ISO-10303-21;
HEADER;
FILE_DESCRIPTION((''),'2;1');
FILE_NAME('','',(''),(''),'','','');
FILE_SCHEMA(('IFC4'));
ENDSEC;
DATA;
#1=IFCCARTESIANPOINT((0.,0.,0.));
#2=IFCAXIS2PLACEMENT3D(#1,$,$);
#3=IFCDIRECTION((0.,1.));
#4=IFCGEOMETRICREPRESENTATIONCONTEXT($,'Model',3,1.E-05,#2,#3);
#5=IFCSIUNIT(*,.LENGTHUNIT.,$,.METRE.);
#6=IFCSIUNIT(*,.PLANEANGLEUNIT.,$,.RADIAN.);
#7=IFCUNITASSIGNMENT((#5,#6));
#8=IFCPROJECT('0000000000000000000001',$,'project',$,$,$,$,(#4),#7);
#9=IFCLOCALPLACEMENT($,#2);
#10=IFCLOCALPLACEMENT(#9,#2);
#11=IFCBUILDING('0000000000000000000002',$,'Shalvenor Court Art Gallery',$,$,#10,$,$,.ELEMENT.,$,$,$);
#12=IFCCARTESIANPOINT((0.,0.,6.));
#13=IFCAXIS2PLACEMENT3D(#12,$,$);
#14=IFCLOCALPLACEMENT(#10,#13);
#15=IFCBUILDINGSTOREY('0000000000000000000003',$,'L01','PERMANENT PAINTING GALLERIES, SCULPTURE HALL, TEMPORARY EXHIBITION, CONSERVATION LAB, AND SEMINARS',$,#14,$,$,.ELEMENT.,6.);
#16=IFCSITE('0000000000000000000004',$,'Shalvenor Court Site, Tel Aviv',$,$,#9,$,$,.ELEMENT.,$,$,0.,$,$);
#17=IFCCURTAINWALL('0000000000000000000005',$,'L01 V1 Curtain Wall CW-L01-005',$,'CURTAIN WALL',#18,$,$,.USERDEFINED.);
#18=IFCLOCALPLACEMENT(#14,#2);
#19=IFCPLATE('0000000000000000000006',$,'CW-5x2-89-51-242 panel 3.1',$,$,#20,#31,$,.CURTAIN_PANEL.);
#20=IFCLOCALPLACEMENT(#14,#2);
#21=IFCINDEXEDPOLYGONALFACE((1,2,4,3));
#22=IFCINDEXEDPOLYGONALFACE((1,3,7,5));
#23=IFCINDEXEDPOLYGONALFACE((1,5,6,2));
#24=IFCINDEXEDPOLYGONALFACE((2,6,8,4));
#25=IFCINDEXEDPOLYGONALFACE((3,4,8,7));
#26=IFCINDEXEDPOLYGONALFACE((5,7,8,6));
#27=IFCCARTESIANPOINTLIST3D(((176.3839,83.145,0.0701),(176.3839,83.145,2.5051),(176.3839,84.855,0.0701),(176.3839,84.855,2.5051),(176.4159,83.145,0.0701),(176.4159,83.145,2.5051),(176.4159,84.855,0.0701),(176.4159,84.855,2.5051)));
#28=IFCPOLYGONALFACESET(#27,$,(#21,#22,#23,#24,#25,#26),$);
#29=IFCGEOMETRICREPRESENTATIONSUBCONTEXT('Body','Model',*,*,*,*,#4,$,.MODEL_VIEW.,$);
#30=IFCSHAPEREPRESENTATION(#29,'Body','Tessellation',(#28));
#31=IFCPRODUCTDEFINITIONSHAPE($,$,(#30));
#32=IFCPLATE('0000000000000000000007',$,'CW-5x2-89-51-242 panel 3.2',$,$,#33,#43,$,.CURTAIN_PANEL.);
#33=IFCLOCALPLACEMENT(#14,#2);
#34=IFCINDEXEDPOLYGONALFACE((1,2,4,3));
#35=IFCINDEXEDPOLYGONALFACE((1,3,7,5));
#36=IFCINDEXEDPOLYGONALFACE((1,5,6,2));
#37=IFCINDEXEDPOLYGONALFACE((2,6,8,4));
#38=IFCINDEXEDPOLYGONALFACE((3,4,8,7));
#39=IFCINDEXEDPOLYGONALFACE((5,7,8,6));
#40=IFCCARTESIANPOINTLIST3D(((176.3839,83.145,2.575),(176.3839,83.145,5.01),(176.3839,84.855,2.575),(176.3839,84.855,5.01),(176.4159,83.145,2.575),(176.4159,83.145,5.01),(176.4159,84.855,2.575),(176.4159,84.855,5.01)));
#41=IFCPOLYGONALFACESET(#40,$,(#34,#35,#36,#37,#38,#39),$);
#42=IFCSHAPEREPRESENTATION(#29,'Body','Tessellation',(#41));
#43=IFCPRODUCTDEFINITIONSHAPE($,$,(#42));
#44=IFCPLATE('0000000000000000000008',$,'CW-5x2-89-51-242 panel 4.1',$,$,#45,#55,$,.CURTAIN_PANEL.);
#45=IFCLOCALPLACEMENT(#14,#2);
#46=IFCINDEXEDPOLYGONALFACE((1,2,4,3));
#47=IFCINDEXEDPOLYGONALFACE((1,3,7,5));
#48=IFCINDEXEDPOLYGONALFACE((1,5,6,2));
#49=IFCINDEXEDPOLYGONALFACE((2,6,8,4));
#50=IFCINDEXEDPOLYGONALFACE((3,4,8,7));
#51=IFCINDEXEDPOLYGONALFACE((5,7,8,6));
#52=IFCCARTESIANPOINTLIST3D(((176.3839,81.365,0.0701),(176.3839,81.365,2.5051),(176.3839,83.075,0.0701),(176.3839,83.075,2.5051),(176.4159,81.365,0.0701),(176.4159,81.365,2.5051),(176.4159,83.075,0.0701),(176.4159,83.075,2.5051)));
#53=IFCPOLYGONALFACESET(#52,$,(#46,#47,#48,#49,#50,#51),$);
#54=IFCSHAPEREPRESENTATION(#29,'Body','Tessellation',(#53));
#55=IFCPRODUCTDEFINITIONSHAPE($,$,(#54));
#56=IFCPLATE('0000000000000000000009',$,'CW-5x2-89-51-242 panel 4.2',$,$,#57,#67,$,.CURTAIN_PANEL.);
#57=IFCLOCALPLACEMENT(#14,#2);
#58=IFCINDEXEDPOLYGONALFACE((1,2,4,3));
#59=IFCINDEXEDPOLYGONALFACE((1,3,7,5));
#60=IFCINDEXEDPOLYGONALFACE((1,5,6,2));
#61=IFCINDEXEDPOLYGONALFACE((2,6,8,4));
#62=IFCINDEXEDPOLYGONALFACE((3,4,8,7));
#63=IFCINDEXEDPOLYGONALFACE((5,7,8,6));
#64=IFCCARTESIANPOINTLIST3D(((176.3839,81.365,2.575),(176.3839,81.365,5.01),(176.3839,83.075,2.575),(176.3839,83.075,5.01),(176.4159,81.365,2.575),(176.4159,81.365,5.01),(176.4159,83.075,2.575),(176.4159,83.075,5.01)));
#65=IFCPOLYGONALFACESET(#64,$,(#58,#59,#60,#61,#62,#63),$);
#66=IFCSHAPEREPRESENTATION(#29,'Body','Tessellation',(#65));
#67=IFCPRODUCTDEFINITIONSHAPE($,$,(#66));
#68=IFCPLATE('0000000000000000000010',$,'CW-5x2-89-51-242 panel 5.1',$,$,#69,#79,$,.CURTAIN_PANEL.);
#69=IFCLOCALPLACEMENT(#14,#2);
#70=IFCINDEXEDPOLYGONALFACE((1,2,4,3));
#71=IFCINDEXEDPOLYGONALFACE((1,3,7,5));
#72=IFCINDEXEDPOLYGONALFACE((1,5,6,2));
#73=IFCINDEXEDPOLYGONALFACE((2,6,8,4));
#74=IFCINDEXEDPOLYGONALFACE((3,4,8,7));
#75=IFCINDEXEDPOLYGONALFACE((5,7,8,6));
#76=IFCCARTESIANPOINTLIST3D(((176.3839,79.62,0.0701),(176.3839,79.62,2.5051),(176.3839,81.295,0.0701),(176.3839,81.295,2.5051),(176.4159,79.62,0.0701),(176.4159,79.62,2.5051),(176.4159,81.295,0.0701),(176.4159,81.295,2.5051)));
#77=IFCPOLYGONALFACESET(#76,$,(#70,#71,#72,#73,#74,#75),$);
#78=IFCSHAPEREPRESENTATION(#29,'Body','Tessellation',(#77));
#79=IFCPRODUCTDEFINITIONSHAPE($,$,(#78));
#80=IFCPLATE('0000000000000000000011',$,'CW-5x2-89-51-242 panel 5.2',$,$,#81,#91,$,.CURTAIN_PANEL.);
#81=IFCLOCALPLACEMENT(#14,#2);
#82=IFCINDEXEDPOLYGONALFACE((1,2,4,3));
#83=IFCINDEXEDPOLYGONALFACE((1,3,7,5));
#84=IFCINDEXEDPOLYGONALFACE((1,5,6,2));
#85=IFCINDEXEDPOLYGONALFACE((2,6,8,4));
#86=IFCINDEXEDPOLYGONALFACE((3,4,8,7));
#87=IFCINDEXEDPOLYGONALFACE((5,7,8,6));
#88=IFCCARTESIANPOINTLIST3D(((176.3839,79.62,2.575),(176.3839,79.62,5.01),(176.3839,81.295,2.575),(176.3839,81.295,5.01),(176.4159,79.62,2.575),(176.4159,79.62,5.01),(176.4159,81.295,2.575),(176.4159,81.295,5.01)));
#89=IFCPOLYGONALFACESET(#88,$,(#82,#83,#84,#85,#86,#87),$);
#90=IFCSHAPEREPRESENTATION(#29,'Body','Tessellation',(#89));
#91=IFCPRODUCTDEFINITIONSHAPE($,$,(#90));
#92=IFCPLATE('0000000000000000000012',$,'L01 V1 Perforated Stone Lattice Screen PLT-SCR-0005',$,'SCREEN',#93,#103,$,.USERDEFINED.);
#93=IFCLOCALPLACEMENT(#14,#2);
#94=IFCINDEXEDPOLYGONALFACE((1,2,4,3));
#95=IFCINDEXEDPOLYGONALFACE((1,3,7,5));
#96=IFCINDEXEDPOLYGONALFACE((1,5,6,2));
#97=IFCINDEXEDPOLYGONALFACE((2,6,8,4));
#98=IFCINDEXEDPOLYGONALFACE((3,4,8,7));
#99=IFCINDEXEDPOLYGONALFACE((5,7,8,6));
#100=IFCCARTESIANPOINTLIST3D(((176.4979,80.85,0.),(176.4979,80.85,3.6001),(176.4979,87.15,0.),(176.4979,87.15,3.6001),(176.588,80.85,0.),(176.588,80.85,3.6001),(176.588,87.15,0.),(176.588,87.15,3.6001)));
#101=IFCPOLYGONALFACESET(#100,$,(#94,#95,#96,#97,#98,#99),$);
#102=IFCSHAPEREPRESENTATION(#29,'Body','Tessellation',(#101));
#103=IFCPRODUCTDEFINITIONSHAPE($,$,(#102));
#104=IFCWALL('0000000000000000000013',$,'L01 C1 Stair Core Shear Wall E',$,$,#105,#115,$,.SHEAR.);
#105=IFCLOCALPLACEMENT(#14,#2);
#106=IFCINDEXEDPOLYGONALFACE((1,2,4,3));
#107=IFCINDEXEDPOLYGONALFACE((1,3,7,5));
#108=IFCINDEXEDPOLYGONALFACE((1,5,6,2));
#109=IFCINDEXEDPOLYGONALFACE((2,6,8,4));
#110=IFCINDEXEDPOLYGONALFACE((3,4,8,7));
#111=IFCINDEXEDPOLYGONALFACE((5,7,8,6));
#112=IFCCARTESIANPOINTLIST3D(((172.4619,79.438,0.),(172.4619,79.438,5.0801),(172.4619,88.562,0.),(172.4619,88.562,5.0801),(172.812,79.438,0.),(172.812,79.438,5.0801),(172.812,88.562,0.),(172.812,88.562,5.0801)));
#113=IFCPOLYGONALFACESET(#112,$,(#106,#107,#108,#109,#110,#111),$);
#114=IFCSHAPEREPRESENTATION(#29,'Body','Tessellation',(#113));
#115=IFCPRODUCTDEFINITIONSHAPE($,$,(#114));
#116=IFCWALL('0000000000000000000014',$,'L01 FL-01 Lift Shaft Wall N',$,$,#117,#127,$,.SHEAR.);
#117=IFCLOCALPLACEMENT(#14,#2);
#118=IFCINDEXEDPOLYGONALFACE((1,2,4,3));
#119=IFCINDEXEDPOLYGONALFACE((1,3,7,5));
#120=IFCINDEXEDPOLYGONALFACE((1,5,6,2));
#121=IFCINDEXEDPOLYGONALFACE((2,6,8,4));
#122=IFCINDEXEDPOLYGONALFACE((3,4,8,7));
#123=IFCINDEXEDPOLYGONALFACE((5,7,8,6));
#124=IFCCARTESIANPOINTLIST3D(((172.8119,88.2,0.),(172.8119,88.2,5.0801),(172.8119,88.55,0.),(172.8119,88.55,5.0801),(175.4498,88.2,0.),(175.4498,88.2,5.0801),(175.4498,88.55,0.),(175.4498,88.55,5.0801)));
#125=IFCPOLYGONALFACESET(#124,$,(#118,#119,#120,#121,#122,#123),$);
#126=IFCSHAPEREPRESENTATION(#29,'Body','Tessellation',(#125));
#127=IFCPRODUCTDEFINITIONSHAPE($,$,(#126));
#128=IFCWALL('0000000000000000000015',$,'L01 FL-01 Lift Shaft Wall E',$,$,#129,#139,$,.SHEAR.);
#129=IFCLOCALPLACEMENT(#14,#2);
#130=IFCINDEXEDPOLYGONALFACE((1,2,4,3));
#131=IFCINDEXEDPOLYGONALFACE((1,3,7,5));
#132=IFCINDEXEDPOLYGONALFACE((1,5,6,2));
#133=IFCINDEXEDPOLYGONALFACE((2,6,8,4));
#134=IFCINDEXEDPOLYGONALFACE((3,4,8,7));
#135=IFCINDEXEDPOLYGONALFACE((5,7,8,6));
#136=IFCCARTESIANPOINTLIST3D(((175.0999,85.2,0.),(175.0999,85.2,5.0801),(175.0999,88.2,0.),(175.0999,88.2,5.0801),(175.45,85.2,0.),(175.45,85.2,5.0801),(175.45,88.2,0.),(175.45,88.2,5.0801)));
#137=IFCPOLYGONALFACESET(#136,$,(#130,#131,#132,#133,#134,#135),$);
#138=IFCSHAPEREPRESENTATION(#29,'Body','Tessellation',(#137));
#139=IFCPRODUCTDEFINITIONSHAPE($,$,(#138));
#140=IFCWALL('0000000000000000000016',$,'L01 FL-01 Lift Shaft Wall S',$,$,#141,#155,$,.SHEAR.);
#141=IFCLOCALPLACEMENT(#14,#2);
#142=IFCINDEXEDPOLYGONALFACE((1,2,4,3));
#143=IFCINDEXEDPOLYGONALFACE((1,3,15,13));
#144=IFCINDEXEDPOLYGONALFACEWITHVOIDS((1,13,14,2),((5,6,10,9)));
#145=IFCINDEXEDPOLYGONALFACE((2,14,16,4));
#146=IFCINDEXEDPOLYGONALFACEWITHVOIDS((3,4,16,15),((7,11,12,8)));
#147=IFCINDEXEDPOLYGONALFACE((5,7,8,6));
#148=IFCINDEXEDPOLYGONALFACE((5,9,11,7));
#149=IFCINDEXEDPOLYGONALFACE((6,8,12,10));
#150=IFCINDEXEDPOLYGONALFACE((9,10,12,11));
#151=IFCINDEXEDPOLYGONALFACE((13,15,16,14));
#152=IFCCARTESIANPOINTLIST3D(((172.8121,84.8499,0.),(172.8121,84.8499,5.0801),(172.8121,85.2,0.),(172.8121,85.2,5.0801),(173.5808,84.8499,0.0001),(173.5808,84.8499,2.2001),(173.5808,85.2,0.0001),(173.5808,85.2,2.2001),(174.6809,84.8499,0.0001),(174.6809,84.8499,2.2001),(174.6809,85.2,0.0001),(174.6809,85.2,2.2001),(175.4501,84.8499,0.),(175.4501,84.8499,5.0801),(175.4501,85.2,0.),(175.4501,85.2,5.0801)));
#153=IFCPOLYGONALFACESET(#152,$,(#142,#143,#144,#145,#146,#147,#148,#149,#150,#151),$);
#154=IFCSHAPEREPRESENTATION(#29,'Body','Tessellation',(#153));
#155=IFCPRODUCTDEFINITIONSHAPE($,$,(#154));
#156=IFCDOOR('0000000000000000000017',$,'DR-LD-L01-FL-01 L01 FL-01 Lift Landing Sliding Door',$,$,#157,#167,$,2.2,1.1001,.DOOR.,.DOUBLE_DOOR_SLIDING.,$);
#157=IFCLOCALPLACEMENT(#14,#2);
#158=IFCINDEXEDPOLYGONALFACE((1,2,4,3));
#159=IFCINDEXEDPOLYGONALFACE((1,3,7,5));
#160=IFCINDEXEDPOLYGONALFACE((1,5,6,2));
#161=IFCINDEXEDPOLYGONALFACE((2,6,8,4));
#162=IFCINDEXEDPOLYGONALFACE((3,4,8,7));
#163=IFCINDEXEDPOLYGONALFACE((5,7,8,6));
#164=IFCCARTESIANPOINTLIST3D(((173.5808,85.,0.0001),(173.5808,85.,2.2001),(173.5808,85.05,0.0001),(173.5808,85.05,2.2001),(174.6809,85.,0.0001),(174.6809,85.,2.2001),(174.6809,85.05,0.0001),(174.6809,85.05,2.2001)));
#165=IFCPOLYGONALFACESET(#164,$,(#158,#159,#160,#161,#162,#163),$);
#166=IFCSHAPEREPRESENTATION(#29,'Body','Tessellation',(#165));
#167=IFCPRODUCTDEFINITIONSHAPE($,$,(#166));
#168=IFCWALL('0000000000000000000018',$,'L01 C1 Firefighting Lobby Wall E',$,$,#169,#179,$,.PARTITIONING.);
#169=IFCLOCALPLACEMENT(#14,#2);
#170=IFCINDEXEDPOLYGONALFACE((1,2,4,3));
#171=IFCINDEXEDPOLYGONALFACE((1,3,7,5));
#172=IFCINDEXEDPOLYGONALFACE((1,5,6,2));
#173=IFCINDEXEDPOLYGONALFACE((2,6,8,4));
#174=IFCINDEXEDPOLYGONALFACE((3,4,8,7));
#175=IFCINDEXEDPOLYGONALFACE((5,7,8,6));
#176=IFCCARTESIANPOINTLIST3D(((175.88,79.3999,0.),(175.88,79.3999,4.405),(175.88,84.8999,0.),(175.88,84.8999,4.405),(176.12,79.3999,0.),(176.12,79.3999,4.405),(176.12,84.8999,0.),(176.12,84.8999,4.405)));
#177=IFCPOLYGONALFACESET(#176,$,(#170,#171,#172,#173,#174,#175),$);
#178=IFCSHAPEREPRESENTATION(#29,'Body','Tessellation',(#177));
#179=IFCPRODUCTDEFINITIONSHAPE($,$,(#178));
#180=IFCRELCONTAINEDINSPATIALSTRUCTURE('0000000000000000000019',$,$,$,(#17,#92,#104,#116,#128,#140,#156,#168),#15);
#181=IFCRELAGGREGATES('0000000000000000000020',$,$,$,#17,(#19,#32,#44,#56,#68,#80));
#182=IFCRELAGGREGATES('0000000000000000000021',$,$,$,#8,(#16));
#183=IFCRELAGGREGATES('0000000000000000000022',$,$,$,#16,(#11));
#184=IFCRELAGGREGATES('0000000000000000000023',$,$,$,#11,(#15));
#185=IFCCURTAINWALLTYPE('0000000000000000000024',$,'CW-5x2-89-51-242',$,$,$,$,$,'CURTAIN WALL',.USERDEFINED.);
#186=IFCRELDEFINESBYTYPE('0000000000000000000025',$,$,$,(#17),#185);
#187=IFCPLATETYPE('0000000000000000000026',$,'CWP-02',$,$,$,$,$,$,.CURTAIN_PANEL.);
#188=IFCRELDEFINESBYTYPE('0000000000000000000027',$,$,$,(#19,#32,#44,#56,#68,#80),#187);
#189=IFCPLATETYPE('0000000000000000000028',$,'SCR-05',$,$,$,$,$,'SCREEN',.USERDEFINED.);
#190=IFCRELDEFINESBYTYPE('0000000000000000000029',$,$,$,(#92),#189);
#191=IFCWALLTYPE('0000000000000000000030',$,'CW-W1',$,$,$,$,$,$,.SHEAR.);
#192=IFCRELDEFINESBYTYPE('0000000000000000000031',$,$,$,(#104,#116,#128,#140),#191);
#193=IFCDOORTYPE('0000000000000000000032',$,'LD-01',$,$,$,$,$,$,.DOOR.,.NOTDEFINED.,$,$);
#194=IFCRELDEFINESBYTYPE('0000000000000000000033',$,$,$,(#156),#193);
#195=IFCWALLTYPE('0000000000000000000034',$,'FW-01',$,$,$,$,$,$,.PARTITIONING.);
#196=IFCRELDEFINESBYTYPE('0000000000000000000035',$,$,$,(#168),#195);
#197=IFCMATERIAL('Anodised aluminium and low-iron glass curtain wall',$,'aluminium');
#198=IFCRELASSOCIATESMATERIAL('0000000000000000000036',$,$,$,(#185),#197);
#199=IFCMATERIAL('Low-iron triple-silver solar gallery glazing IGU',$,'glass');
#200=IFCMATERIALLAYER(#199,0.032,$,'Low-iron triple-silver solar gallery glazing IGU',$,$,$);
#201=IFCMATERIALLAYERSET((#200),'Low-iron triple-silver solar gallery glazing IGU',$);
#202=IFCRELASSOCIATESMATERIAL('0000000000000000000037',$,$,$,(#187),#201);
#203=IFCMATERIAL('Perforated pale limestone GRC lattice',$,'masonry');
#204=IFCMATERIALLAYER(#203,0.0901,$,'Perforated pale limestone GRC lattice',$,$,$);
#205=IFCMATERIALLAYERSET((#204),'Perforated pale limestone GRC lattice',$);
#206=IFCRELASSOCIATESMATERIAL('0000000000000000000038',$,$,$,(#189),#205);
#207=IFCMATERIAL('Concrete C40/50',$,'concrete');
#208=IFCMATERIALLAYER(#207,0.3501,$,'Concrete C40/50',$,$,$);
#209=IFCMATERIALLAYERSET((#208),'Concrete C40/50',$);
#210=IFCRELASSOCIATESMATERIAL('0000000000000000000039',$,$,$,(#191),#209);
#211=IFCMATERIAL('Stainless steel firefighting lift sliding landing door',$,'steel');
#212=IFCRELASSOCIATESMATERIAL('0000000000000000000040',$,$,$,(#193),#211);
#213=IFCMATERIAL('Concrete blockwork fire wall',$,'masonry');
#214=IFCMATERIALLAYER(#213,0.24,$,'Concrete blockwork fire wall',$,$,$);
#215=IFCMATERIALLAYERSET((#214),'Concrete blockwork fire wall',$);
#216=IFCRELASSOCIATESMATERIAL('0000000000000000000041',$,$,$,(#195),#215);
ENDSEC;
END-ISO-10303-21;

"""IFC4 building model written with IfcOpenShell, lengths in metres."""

from ifc_helpers import new_model, si_unit, direction, frame, frame_2d, origin, origin_2d, place, context, subcontext, project, spatial, rectangle, extrude, material, layer, layer_set, type_object, element, fill, aggregate, save


model = new_model("IFC4")

# Units and contexts
model_context = context("Model", 3, precision=1e-05, world=origin(), true_north=direction((0.0, 1.0)))
body_context = subcontext(model_context, "Body", "Model", "MODEL_VIEW")
ifc_project = project(units=[si_unit("LENGTHUNIT", "METRE"), si_unit("PLANEANGLEUNIT", "RADIAN")], contexts=[model_context])

# Site, building, storey
site_placement = place(None, origin())
site = spatial("IfcSite", under=ifc_project, at=site_placement, Name="Shalvenor Court Site, Tel Aviv", CompositionType="ELEMENT", RefElevation=0.0)
building_placement = place(site_placement, origin())
building = spatial("IfcBuilding", under=site, at=building_placement, Name="Shalvenor Court Art Gallery", CompositionType="ELEMENT")
storey_placement = place(building_placement, frame((0.0, 0.0, 6.0)))
storey = spatial("IfcBuildingStorey", under=building, at=storey_placement, Name="L01", Description="PERMANENT PAINTING GALLERIES, SCULPTURE HALL, TEMPORARY EXHIBITION, CONSERVATION LAB, AND SEMINARS", CompositionType="ELEMENT", Elevation=6.0)

# Curtain wall, plates
ifc_material_1 = material(Name="Anodised aluminium and low-iron glass curtain wall", Category="aluminium")
curtain_wall_type = type_object("IfcCurtainWallType", Name="CW-5x2-89-51-242", ElementType="CURTAIN WALL", PredefinedType="USERDEFINED", material=ifc_material_1)
curtain_wall_placement = place(storey_placement, origin())
curtain_wall = element("IfcCurtainWall", 1, at=curtain_wall_placement, inside=storey, type_object=curtain_wall_type, Name="L01 V1 Curtain Wall CW-L01-005", ObjectType="CURTAIN WALL", PredefinedType="USERDEFINED")
ifc_material_2 = material(Name="Low-iron triple-silver solar gallery glazing IGU", Category="glass")
ifc_layer_1 = layer(ifc_material_2, 0.032, Name="Low-iron triple-silver solar gallery glazing IGU")
ifc_layer_set_1 = layer_set([ifc_layer_1], Name="Low-iron triple-silver solar gallery glazing IGU")
plate_type_1 = type_object("IfcPlateType", Name="CWP-02", PredefinedType="CURTAIN_PANEL", material=ifc_layer_set_1)
plate_1_placement = place(storey_placement, frame((176.3999, 84.0, 0.0701), z_axis=(0.0, 0.0, 1.0), x_axis=(0.0, -1.0, 0.0)))
plate_1 = element("IfcPlate", 2, at=plate_1_placement, type_object=plate_type_1, Name="CW-5x2-89-51-242 panel 3.1", PredefinedType="CURTAIN_PANEL", context=body_context, shape_type="SweptSolid", body=[
    extrude(rectangle(XDim=1.71, YDim=0.032, at=origin_2d()), origin(), (0.0, 0.0, 1.0), 2.4351),
])
plate_2_placement = place(storey_placement, frame((176.3999, 84.0, 2.575), z_axis=(0.0, 0.0, 1.0), x_axis=(0.0, -1.0, 0.0)))
plate_2 = element("IfcPlate", 3, at=plate_2_placement, type_object=plate_type_1, Name="CW-5x2-89-51-242 panel 3.2", PredefinedType="CURTAIN_PANEL", context=body_context, shape_type="SweptSolid", body=[
    extrude(rectangle(XDim=1.71, YDim=0.032, at=origin_2d()), origin(), (0.0, 0.0, 1.0), 2.4351),
])
plate_3_placement = place(storey_placement, frame((176.3999, 82.22, 0.0701), z_axis=(0.0, 0.0, 1.0), x_axis=(0.0, -1.0, 0.0)))
plate_3 = element("IfcPlate", 4, at=plate_3_placement, type_object=plate_type_1, Name="CW-5x2-89-51-242 panel 4.1", PredefinedType="CURTAIN_PANEL", context=body_context, shape_type="SweptSolid", body=[
    extrude(rectangle(XDim=1.71, YDim=0.032, at=origin_2d()), origin(), (0.0, 0.0, 1.0), 2.4351),
])
plate_4_placement = place(storey_placement, frame((176.3999, 82.22, 2.575), z_axis=(0.0, 0.0, 1.0), x_axis=(0.0, -1.0, 0.0)))
plate_4 = element("IfcPlate", 5, at=plate_4_placement, type_object=plate_type_1, Name="CW-5x2-89-51-242 panel 4.2", PredefinedType="CURTAIN_PANEL", context=body_context, shape_type="SweptSolid", body=[
    extrude(rectangle(XDim=1.71, YDim=0.032, at=origin_2d()), origin(), (0.0, 0.0, 1.0), 2.4351),
])
plate_5_placement = place(storey_placement, frame((176.3999, 80.4575, 0.0701), z_axis=(0.0, 0.0, 1.0), x_axis=(0.0, -1.0, 0.0)))
plate_5 = element("IfcPlate", 6, at=plate_5_placement, type_object=plate_type_1, Name="CW-5x2-89-51-242 panel 5.1", PredefinedType="CURTAIN_PANEL", context=body_context, shape_type="SweptSolid", body=[
    extrude(rectangle(XDim=1.675, YDim=0.032, at=origin_2d()), origin(), (0.0, 0.0, 1.0), 2.4351),
])
plate_6_placement = place(storey_placement, frame((176.3999, 80.4575, 2.575), z_axis=(0.0, 0.0, 1.0), x_axis=(0.0, -1.0, 0.0)))
plate_6 = element("IfcPlate", 7, at=plate_6_placement, type_object=plate_type_1, Name="CW-5x2-89-51-242 panel 5.2", PredefinedType="CURTAIN_PANEL", context=body_context, shape_type="SweptSolid", body=[
    extrude(rectangle(XDim=1.675, YDim=0.032, at=origin_2d()), origin(), (0.0, 0.0, 1.0), 2.4351),
])
aggregate(curtain_wall, [plate_1, plate_2, plate_3, plate_4, plate_5, plate_6])

# Plate
ifc_material_3 = material(Name="Perforated pale limestone GRC lattice", Category="masonry")
ifc_layer_2 = layer(ifc_material_3, 0.0901, Name="Perforated pale limestone GRC lattice")
ifc_layer_set_2 = layer_set([ifc_layer_2], Name="Perforated pale limestone GRC lattice")
plate_type_2 = type_object("IfcPlateType", Name="SCR-05", ElementType="SCREEN", PredefinedType="USERDEFINED", material=ifc_layer_set_2)
plate_7_placement = place(storey_placement, frame((176.543, 84.0, 0.0), z_axis=(0.0, 0.0, 1.0), x_axis=(0.0, -1.0, 0.0)))
element("IfcPlate", 8, at=plate_7_placement, inside=storey, type_object=plate_type_2, Name="L01 V1 Perforated Stone Lattice Screen PLT-SCR-0005", ObjectType="SCREEN", PredefinedType="USERDEFINED", context=body_context, shape_type="SweptSolid", body=[
    extrude(rectangle(XDim=6.3, YDim=0.0901, at=origin_2d()), origin(), (0.0, 0.0, 1.0), 3.6001),
])

# Walls
ifc_material_4 = material(Name="Concrete C40/50", Category="concrete")
ifc_layer_3 = layer(ifc_material_4, 0.3501, Name="Concrete C40/50")
ifc_layer_set_3 = layer_set([ifc_layer_3], Name="Concrete C40/50")
wall_type_1 = type_object("IfcWallType", Name="CW-W1", PredefinedType="SHEAR", material=ifc_layer_set_3)
wall_1_placement = place(storey_placement, frame((172.637, 88.562, 0.0), z_axis=(0.0, 0.0, 1.0), x_axis=(0.0, -1.0, 0.0)))
element("IfcWall", 9, at=wall_1_placement, inside=storey, type_object=wall_type_1, Name="L01 C1 Stair Core Shear Wall E", PredefinedType="SHEAR", context=body_context, shape_type="SweptSolid", body=[
    extrude(rectangle(XDim=9.124, YDim=0.3501, at=frame_2d((4.562, 0.0))), origin(), (0.0, 0.0, 1.0), 5.0801),
])
wall_2_placement = place(storey_placement, frame((172.812, 88.375, 0.0), z_axis=(0.0, 0.0, 1.0), x_axis=(1.0, 0.0, 0.0)))
element("IfcWall", 10, at=wall_2_placement, inside=storey, type_object=wall_type_1, Name="L01 FL-01 Lift Shaft Wall N", PredefinedType="SHEAR", context=body_context, shape_type="SweptSolid", body=[
    extrude(rectangle(XDim=2.6379, YDim=0.3501, at=frame_2d((1.3188, 0.0))), origin(), (0.0, 0.0, 1.0), 5.0801),
])
wall_3_placement = place(storey_placement, frame((175.2749, 88.2, 0.0), z_axis=(0.0, 0.0, 1.0), x_axis=(0.0, -1.0, 0.0)))
element("IfcWall", 11, at=wall_3_placement, inside=storey, type_object=wall_type_1, Name="L01 FL-01 Lift Shaft Wall E", PredefinedType="SHEAR", context=body_context, shape_type="SweptSolid", body=[
    extrude(rectangle(XDim=3.0, YDim=0.3501, at=frame_2d((1.5, 0.0))), origin(), (0.0, 0.0, 1.0), 5.0801),
])

# Wall, opening, door
wall_4_placement = place(storey_placement, frame((175.45, 85.0249, 0.0), z_axis=(0.0, 0.0, 1.0), x_axis=(-1.0, 0.0, 0.0)))
wall_4 = element("IfcWall", 12, at=wall_4_placement, inside=storey, type_object=wall_type_1, Name="L01 FL-01 Lift Shaft Wall S", PredefinedType="SHEAR", context=body_context, shape_type="SweptSolid", body=[
    extrude(rectangle(XDim=2.6379, YDim=0.3501, at=frame_2d((1.3188, 0.0))), origin(), (0.0, 0.0, 1.0), 5.0801),
])
opening_1_placement = place(wall_4_placement, frame((0.769, 0.0, 0.0)))
opening_1 = element("IfcOpeningElement", 13, at=opening_1_placement, cuts=wall_4, PredefinedType="OPENING", context=body_context, shape_type="SweptSolid", body=[
    extrude(rectangle(XDim=1.1001, YDim=2.2, at=frame_2d((0.55, 1.1001))), frame((0.0, 0.1851, 0.0), z_axis=(0.0, -1.0, 0.0), x_axis=(1.0, 0.0, 0.0)), (0.0, 0.0, 1.0), 0.3701),
])
ifc_material_5 = material(Name="Stainless steel firefighting lift sliding landing door", Category="steel")
door_type_1 = type_object("IfcDoorType", Name="LD-01", OperationType="NOTDEFINED", PredefinedType="DOOR", material=ifc_material_5)
door_1_placement = place(opening_1_placement, origin())
door_1 = element("IfcDoor", 14, at=door_1_placement, inside=storey, type_object=door_type_1, Name="DR-LD-L01-FL-01 L01 FL-01 Lift Landing Sliding Door", OperationType="DOUBLE_DOOR_SLIDING", OverallHeight=2.2, OverallWidth=1.1001, PredefinedType="DOOR", context=body_context, shape_type="SweptSolid", body=[
    extrude(rectangle(XDim=1.1001, YDim=2.2, at=frame_2d((0.55, 1.1001))), frame((0.0, 0.0249, 0.0), z_axis=(0.0, -1.0, 0.0), x_axis=(1.0, 0.0, 0.0)), (0.0, 0.0, 1.0), 0.05),
])
fill(opening_1, door_1)

# Wall
ifc_material_6 = material(Name="Concrete blockwork fire wall", Category="masonry")
ifc_layer_4 = layer(ifc_material_6, 0.24, Name="Concrete blockwork fire wall")
ifc_layer_set_4 = layer_set([ifc_layer_4], Name="Concrete blockwork fire wall")
wall_type_2 = type_object("IfcWallType", Name="FW-01", PredefinedType="PARTITIONING", material=ifc_layer_set_4)
wall_5_placement = place(storey_placement, frame((176.0, 84.8999, 0.0), z_axis=(0.0, 0.0, 1.0), x_axis=(0.0, -1.0, 0.0)))
element("IfcWall", 15, at=wall_5_placement, inside=storey, type_object=wall_type_2, Name="L01 C1 Firefighting Lobby Wall E", PredefinedType="PARTITIONING", context=body_context, shape_type="SweptSolid", body=[
    extrude(rectangle(XDim=5.5, YDim=0.24, at=frame_2d((2.75, 0.0))), origin(), (0.0, 0.0, 1.0), 4.405),
])

save(model, "model.ifc")
